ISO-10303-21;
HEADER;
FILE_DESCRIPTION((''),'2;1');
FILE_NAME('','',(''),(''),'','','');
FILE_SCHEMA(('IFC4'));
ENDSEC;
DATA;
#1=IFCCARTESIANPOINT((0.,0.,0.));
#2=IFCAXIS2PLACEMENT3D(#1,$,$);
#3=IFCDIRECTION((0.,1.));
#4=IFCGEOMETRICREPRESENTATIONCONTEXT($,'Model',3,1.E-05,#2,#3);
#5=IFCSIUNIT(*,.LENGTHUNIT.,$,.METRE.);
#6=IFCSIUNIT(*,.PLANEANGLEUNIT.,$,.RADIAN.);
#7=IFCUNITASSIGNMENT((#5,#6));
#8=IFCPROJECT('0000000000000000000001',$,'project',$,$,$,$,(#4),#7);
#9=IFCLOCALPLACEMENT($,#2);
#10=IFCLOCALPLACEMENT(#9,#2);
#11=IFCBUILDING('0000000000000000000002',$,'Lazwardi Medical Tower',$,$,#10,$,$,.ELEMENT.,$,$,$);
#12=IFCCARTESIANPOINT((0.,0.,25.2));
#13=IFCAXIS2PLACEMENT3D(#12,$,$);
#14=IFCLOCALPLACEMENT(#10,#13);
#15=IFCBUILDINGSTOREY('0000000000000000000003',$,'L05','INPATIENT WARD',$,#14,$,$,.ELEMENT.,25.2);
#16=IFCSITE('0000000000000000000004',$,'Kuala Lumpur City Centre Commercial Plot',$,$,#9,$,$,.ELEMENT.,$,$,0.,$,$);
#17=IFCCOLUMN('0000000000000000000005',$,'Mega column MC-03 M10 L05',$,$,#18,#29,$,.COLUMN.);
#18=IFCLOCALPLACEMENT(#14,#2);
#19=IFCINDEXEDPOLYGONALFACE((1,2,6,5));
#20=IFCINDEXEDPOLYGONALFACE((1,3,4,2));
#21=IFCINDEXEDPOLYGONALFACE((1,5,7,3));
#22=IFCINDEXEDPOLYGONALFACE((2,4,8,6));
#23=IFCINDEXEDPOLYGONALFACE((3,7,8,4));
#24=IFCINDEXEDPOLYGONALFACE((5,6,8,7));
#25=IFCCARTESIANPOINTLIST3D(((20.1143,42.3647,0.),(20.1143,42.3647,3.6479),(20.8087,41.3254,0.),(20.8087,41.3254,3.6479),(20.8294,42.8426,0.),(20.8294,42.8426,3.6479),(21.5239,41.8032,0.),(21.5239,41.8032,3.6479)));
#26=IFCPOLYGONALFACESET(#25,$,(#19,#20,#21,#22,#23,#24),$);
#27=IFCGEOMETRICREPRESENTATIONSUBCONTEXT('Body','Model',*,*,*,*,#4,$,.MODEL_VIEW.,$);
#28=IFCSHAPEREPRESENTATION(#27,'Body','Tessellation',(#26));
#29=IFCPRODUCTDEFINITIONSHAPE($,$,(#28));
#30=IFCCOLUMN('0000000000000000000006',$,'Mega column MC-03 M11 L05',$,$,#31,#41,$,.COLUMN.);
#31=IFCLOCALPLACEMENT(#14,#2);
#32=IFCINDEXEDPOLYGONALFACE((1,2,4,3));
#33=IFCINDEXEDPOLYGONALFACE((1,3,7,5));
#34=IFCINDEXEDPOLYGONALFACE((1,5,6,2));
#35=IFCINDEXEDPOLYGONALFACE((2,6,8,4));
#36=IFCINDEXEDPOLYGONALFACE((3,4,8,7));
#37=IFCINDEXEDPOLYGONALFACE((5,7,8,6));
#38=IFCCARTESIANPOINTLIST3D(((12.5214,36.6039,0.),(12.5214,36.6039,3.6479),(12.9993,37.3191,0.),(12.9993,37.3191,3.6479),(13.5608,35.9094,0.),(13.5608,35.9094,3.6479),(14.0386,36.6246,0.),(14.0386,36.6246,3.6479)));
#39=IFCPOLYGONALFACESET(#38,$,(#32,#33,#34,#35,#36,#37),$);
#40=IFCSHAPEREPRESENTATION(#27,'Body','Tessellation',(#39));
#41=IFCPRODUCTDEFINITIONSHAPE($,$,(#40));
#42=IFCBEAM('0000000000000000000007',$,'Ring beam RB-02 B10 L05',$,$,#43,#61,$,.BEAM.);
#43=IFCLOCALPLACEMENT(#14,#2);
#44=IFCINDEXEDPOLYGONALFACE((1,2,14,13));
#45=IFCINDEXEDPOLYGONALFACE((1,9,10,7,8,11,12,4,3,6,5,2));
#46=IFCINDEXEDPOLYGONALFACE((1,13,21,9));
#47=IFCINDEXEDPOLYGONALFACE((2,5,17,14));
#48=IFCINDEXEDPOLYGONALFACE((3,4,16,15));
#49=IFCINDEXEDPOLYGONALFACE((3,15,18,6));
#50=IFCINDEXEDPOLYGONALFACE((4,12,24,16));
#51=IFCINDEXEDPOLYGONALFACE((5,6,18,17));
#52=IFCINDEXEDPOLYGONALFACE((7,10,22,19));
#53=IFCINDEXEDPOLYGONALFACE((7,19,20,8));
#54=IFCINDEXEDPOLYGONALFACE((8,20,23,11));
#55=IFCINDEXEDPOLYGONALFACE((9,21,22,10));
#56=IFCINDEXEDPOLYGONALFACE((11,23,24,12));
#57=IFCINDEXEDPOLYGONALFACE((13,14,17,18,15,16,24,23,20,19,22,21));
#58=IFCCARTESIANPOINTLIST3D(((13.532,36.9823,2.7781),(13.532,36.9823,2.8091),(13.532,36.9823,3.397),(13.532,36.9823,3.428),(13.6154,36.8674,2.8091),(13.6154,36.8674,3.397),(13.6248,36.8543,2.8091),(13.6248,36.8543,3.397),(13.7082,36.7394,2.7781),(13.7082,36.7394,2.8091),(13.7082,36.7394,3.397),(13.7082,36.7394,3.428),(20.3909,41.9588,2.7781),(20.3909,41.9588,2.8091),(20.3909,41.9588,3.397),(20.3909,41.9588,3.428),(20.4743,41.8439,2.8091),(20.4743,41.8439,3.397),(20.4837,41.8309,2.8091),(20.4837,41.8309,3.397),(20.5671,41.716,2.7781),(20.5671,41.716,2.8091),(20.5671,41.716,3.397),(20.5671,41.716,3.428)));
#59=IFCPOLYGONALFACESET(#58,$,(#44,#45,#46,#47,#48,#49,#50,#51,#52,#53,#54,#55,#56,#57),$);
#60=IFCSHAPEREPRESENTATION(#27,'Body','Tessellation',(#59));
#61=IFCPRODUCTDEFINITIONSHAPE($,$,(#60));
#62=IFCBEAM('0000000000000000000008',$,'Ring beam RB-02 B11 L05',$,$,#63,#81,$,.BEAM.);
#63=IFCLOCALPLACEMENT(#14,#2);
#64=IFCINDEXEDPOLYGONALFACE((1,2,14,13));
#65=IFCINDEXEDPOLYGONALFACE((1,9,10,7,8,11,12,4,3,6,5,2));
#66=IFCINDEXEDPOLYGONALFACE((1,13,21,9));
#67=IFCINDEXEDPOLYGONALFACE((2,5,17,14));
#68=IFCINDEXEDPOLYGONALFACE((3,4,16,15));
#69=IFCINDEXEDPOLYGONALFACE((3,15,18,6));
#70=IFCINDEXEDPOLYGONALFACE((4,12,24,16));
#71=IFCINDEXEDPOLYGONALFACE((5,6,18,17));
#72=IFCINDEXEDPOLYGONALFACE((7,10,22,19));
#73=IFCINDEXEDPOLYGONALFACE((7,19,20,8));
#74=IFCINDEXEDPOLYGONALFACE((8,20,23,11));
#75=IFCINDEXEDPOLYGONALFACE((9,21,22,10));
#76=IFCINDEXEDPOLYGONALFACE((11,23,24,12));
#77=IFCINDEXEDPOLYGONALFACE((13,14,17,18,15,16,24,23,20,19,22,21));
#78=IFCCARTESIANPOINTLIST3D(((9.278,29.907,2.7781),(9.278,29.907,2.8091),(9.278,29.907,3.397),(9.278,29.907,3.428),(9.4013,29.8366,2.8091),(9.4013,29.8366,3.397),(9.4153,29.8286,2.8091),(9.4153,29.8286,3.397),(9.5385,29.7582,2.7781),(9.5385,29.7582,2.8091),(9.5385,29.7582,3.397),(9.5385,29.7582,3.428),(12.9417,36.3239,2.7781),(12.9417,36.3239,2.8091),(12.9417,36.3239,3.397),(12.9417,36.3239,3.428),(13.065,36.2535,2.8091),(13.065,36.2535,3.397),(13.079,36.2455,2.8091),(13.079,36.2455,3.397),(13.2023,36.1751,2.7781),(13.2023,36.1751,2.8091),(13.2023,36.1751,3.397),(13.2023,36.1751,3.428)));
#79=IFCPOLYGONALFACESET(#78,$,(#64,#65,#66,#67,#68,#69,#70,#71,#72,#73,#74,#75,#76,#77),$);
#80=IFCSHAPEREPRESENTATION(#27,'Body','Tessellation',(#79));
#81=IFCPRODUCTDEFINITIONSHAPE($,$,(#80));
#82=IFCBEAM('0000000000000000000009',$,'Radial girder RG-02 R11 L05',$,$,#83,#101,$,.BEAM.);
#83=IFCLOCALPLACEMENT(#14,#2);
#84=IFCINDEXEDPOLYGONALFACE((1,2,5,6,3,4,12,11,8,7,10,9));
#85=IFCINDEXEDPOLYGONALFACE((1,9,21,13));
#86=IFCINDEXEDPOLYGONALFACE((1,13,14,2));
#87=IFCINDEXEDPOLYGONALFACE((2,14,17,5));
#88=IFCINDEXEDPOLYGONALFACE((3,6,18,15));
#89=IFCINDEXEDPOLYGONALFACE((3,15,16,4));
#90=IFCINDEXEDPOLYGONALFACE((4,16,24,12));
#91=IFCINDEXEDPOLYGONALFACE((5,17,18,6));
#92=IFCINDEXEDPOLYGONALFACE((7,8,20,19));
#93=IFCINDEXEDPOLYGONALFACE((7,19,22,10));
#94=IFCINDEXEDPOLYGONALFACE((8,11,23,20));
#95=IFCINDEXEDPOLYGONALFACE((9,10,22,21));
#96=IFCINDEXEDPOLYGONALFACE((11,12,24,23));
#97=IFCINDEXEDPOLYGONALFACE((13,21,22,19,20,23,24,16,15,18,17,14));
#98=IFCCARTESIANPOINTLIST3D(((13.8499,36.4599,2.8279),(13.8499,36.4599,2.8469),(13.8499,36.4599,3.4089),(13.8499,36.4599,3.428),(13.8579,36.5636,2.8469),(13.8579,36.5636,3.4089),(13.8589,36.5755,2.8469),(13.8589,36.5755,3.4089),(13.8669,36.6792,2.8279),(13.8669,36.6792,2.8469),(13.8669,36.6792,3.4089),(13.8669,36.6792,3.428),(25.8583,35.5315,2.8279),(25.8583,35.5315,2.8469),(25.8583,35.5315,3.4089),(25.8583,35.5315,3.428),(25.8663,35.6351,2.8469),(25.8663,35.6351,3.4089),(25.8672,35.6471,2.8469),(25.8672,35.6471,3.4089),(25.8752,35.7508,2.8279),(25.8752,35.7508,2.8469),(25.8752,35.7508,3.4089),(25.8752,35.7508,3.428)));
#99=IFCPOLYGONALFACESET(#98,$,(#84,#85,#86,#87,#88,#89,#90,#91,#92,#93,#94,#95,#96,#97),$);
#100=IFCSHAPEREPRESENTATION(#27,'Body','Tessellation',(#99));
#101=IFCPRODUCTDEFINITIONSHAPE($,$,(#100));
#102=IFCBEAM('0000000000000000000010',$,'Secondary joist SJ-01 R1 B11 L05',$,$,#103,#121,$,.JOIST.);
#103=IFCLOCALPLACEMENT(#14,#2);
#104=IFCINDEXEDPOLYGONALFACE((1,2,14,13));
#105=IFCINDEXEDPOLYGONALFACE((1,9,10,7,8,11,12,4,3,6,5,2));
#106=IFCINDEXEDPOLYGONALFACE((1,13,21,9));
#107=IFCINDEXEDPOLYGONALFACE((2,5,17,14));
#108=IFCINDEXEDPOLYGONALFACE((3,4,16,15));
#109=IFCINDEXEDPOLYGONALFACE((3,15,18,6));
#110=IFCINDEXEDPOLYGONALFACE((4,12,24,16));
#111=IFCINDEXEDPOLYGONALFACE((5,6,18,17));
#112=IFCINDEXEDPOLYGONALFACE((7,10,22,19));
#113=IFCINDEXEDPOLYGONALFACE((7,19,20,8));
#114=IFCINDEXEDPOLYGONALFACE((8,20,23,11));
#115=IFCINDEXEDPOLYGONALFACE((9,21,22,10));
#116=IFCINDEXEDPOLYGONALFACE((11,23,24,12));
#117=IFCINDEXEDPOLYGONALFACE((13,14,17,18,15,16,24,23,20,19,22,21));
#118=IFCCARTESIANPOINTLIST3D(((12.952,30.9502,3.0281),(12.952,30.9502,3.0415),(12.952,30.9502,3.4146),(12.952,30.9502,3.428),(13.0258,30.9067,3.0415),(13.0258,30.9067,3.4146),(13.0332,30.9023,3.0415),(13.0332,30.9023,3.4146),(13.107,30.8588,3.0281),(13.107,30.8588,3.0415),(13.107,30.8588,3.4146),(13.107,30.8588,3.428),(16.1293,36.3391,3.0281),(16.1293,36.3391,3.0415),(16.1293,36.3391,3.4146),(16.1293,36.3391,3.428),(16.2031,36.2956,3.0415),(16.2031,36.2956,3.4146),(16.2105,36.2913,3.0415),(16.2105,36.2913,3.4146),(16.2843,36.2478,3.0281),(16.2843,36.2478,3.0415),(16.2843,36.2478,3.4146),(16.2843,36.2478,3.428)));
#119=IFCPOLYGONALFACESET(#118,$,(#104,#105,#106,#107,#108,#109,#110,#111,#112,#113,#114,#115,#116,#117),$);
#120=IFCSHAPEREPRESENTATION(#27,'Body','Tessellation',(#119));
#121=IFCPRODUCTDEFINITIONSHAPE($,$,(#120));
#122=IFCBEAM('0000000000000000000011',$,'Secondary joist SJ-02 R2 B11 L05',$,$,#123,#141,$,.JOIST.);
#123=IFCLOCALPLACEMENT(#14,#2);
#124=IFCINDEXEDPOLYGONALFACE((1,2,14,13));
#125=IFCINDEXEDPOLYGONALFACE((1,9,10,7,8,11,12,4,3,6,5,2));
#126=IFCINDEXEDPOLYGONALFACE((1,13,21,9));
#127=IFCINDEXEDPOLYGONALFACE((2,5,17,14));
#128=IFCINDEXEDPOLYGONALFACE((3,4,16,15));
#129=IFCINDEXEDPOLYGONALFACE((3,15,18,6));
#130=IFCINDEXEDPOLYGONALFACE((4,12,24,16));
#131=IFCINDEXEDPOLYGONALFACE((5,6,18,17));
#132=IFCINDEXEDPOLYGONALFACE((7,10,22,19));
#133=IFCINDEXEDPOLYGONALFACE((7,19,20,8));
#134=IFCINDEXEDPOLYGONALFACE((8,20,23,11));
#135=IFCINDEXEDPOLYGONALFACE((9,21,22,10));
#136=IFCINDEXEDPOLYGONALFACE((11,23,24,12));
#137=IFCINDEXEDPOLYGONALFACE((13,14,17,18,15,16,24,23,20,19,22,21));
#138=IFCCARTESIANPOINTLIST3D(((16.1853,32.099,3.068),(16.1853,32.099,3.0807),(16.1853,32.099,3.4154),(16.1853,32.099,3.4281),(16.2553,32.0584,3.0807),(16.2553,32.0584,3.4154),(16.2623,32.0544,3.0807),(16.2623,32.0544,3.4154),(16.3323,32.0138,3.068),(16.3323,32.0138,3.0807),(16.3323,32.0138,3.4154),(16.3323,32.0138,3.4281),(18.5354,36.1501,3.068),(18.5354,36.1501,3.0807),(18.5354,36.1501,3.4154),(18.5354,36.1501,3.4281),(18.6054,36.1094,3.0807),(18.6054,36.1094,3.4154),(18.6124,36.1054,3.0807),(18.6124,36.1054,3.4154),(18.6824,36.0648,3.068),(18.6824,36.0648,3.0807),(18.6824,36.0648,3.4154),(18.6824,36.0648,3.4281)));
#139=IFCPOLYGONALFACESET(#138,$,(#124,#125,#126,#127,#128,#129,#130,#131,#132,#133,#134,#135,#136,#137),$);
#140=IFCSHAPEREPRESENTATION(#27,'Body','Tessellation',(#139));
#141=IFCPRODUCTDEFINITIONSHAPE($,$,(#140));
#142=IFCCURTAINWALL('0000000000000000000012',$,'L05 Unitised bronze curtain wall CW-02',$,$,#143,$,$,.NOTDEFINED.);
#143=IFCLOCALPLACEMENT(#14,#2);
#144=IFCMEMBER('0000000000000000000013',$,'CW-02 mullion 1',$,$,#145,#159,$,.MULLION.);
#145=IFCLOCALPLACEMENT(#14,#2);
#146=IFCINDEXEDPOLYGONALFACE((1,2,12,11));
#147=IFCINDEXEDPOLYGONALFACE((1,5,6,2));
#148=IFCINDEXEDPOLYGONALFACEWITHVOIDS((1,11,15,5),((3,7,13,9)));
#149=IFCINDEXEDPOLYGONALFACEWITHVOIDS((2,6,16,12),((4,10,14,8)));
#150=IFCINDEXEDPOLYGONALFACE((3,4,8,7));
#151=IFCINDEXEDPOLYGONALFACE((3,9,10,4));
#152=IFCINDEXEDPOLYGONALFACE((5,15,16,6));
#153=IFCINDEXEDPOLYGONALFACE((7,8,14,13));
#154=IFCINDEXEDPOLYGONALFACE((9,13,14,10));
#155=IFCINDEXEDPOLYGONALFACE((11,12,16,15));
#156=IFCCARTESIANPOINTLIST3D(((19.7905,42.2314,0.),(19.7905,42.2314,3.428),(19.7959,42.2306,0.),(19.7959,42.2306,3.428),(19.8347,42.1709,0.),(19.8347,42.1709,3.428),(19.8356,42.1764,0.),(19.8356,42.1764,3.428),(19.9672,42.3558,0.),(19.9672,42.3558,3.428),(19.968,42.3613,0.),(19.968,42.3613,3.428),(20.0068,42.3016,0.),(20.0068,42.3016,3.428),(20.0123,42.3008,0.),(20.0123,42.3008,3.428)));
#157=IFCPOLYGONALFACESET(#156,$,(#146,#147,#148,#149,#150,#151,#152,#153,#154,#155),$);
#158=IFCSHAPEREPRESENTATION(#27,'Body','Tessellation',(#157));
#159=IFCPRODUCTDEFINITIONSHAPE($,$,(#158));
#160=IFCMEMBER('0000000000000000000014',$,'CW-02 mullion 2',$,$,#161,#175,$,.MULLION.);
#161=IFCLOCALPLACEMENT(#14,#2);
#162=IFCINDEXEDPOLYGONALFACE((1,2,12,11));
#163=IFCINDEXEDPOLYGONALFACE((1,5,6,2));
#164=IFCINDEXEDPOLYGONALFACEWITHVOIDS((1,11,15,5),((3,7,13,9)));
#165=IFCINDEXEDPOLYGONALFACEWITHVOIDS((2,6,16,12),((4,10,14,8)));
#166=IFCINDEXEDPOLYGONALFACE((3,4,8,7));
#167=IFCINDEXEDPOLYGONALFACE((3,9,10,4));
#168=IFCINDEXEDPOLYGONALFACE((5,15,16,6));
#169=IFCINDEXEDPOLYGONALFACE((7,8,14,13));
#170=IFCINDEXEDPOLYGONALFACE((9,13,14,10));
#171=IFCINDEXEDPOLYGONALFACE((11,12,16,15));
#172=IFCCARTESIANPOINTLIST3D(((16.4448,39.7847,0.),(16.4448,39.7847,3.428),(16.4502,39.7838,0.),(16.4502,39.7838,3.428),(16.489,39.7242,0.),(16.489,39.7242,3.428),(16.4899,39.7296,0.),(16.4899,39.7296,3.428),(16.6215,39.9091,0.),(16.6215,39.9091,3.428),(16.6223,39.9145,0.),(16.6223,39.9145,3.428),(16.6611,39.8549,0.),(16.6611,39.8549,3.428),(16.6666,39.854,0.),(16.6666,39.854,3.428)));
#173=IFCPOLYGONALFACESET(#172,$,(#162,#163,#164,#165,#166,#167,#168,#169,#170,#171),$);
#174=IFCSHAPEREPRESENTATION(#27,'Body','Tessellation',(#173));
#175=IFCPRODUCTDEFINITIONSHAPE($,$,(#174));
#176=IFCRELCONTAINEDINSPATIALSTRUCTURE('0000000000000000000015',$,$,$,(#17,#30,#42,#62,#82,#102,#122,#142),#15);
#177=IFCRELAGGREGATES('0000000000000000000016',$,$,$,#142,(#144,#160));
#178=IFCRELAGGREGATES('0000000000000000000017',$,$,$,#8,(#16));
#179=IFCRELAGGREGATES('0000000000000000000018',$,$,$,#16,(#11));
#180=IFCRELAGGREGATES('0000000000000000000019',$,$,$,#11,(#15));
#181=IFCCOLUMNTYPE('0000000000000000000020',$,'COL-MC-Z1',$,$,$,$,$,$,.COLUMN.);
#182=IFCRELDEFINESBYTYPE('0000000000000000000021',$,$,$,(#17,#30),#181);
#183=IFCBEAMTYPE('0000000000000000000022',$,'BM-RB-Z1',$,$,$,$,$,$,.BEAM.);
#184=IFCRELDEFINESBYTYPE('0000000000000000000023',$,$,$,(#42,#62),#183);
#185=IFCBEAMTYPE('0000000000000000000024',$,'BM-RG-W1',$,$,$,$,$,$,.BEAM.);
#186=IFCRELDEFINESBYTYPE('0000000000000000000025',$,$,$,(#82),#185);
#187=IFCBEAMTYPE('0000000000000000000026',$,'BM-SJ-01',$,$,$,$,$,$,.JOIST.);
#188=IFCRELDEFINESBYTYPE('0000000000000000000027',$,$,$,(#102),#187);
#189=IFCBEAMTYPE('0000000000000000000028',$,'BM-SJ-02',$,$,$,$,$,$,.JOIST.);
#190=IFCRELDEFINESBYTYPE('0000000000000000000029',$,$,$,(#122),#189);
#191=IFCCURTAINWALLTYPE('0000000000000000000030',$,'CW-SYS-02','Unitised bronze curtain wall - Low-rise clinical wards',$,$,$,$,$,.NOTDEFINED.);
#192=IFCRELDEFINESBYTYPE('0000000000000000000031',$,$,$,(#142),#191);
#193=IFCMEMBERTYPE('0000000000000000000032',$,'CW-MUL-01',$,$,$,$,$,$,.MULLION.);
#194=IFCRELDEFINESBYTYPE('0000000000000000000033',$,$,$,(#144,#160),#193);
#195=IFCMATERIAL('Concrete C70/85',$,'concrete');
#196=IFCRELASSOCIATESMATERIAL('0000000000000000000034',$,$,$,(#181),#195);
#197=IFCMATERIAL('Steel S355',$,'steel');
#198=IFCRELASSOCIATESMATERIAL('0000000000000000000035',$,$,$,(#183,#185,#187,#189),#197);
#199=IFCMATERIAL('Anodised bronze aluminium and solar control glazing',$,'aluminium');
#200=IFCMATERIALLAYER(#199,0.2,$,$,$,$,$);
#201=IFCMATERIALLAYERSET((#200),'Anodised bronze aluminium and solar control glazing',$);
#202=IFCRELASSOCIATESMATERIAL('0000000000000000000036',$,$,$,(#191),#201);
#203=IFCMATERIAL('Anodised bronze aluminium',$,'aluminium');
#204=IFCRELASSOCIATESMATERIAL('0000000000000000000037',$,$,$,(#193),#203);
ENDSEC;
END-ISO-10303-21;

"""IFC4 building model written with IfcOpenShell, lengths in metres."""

from ifc_helpers import new_model, si_unit, direction, frame, origin, origin_2d, place, context, subcontext, project, spatial, rectangle, hollow_rectangle, i_section, extrude, material, layer, layer_set, material_profile, profile_set, type_object, element, aggregate, save


model = new_model("IFC4")

# Units and contexts
model_context = context("Model", 3, precision=1e-05, world=origin(), true_north=direction((0.0, 1.0)))
body_context = subcontext(model_context, "Body", "Model", "MODEL_VIEW")
ifc_project = project(units=[si_unit("LENGTHUNIT", "METRE"), si_unit("PLANEANGLEUNIT", "RADIAN")], contexts=[model_context])

# Site, building, storey
site_placement = place(None, origin())
site = spatial("IfcSite", under=ifc_project, at=site_placement, Name="Kuala Lumpur City Centre Commercial Plot", CompositionType="ELEMENT", RefElevation=0.0)
building_placement = place(site_placement, origin())
building = spatial("IfcBuilding", under=site, at=building_placement, Name="Lazwardi Medical Tower", CompositionType="ELEMENT")
storey_placement = place(building_placement, frame((0.0, 0.0, 25.2)))
storey = spatial("IfcBuildingStorey", under=building, at=storey_placement, Name="L05", Description="INPATIENT WARD", CompositionType="ELEMENT", Elevation=25.2)

# Columns
ifc_material_1 = material(Name="Concrete C70/85", Category="concrete")
ifc_material_profile_1 = material_profile(ifc_material_1, rectangle(XDim=1.25, YDim=0.8601, at=origin_2d()), Name="CFT-RECT 1250x860")
ifc_profile_set_1 = profile_set([ifc_material_profile_1], Name="Concrete C70/85")
column_type = type_object("IfcColumnType", Name="COL-MC-Z1", PredefinedType="COLUMN", material=ifc_profile_set_1)
for number, where, z_axis, x_axis, name in (
    (1, (20.8191, 42.084, 0.0), (0.0, 0.0, 1.0), (-0.55557, 0.83147, 0.0), "Mega column MC-03 M10 L05"),
    (2, (13.28, 36.6143, 0.0), (0.0, 0.0, 1.0), (-0.83147, 0.55557, 0.0), "Mega column MC-03 M11 L05"),
):
    element("IfcColumn", number, at=place(storey_placement, frame(where, z_axis=z_axis, x_axis=x_axis)), inside=storey, type_object=column_type, Name=name, PredefinedType="COLUMN", context=body_context, shape_type="SweptSolid", body=[
        extrude(rectangle(XDim=1.25, YDim=0.8601, at=origin_2d()), origin(), (0.0, 0.0, 1.0), 3.6479),
    ])

# Beams
ifc_material_2 = material(Name="Steel S355", Category="steel")
ifc_material_profile_2 = material_profile(ifc_material_2, i_section(OverallWidth=0.3, OverallDepth=0.6499, WebThickness=0.0161, FlangeThickness=0.031, at=origin_2d()), Name="HEB 650")
ifc_profile_set_2 = profile_set([ifc_material_profile_2], Name="Steel S355")
beam_type_1 = type_object("IfcBeamType", Name="BM-RB-Z1", PredefinedType="BEAM", material=ifc_profile_set_2)
beam_1_placement = place(storey_placement, frame((20.479, 41.8374, 3.103), z_axis=(-0.809393, -0.587267, 0.0), x_axis=(0.587267, -0.809393, 0.0)))
element("IfcBeam", 3, at=beam_1_placement, inside=storey, type_object=beam_type_1, Name="Ring beam RB-02 B10 L05", PredefinedType="BEAM", context=body_context, shape_type="SweptSolid", body=[
    extrude(i_section(OverallWidth=0.3, OverallDepth=0.6499, WebThickness=0.0161, FlangeThickness=0.031, at=origin_2d()), origin(), (0.0, 0.0, 1.0), 8.4741),
])
beam_2_placement = place(storey_placement, frame((13.072, 36.2495, 3.103), z_axis=(-0.495829, -0.86842, 0.0), x_axis=(0.86842, -0.495829, 0.0)))
element("IfcBeam", 4, at=beam_2_placement, inside=storey, type_object=beam_type_1, Name="Ring beam RB-02 B11 L05", PredefinedType="BEAM", context=body_context, shape_type="SweptSolid", body=[
    extrude(i_section(OverallWidth=0.3, OverallDepth=0.6499, WebThickness=0.0161, FlangeThickness=0.031, at=origin_2d()), origin(), (0.0, 0.0, 1.0), 7.3892),
])
ifc_material_profile_3 = material_profile(ifc_material_2, i_section(OverallWidth=0.22, OverallDepth=0.6001, WebThickness=0.012, FlangeThickness=0.019, at=origin_2d()), Name="IPE 600")
ifc_profile_set_3 = profile_set([ifc_material_profile_3], Name="Steel S355")
beam_type_2 = type_object("IfcBeamType", Name="BM-RG-W1", PredefinedType="BEAM", material=ifc_profile_set_3)
beam_3_placement = place(storey_placement, frame((13.8584, 36.5696, 3.1279), z_axis=(0.997024, -0.077089, 0.0), x_axis=(0.077089, 0.997024, 0.0)))
element("IfcBeam", 5, at=beam_3_placement, inside=storey, type_object=beam_type_2, Name="Radial girder RG-02 R11 L05", PredefinedType="BEAM", context=body_context, shape_type="SweptSolid", body=[
    extrude(i_section(OverallWidth=0.22, OverallDepth=0.6001, WebThickness=0.012, FlangeThickness=0.019, at=origin_2d()), origin(), (0.0, 0.0, 1.0), 12.0442),
])
ifc_material_profile_4 = material_profile(ifc_material_2, i_section(OverallWidth=0.1799, OverallDepth=0.3999, WebThickness=0.0085, FlangeThickness=0.0134, at=origin_2d()), Name="IPE 400")
ifc_profile_set_4 = profile_set([ifc_material_profile_4], Name="Steel S355")
beam_type_3 = type_object("IfcBeamType", Name="BM-SJ-01", PredefinedType="JOIST", material=ifc_profile_set_4)
beam_4_placement = place(storey_placement, frame((16.2068, 36.2935, 3.228), z_axis=(-0.507886, -0.861424, 0.0), x_axis=(0.861424, -0.507886, 0.0)))
element("IfcBeam", 6, at=beam_4_placement, inside=storey, type_object=beam_type_3, Name="Secondary joist SJ-01 R1 B11 L05", PredefinedType="JOIST", context=body_context, shape_type="SweptSolid", body=[
    extrude(i_section(OverallWidth=0.1799, OverallDepth=0.3999, WebThickness=0.0085, FlangeThickness=0.0134, at=origin_2d()), origin(), (0.0, 0.0, 1.0), 6.2559),
])
ifc_material_profile_5 = material_profile(ifc_material_2, i_section(OverallWidth=0.1699, OverallDepth=0.3601, WebThickness=0.0081, FlangeThickness=0.0127, at=origin_2d()), Name="IPE 360")
ifc_profile_set_5 = profile_set([ifc_material_profile_5], Name="Steel S355")
beam_type_4 = type_object("IfcBeamType", Name="BM-SJ-02", PredefinedType="JOIST", material=ifc_profile_set_5)
beam_5_placement = place(storey_placement, frame((18.6089, 36.1074, 3.248), z_axis=(-0.501798, -0.864985, 0.0), x_axis=(0.864985, -0.501798, 0.0)))
element("IfcBeam", 7, at=beam_5_placement, inside=storey, type_object=beam_type_4, Name="Secondary joist SJ-02 R2 B11 L05", PredefinedType="JOIST", context=body_context, shape_type="SweptSolid", body=[
    extrude(i_section(OverallWidth=0.1699, OverallDepth=0.3601, WebThickness=0.0081, FlangeThickness=0.0127, at=origin_2d()), origin(), (0.0, 0.0, 1.0), 4.6833),
])

# Curtain wall, members
ifc_material_3 = material(Name="Anodised bronze aluminium and solar control glazing", Category="aluminium")
ifc_layer_1 = layer(ifc_material_3, 0.2)
ifc_layer_set_1 = layer_set([ifc_layer_1], Name="Anodised bronze aluminium and solar control glazing")
curtain_wall_type = type_object("IfcCurtainWallType", Name="CW-SYS-02", Description="Unitised bronze curtain wall - Low-rise clinical wards", PredefinedType="NOTDEFINED", material=ifc_layer_set_1)
curtain_wall_1_placement = place(storey_placement, origin())
curtain_wall_1 = element("IfcCurtainWall", 8, at=curtain_wall_1_placement, inside=storey, type_object=curtain_wall_type, Name="L05 Unitised bronze curtain wall CW-02", PredefinedType="NOTDEFINED")
ifc_material_4 = material(Name="Anodised bronze aluminium", Category="aluminium")
ifc_material_profile_6 = material_profile(ifc_material_4, hollow_rectangle(XDim=0.075, YDim=0.22, WallThickness=0.0039, at=origin_2d()), Name="ALU-MULLION 220x75x4")
ifc_profile_set_6 = profile_set([ifc_material_profile_6], Name="Anodised bronze aluminium")
member_type_1 = type_object("IfcMemberType", Name="CW-MUL-01", PredefinedType="MULLION", material=ifc_profile_set_6)
member_1_placement = place(storey_placement, frame((19.9014, 42.2661, 0.0), z_axis=(0.0, 0.0, 1.0), x_axis=(0.590289, -0.807192, 0.0)))
member_1 = element("IfcMember", 9, at=member_1_placement, type_object=member_type_1, Name="CW-02 mullion 1", PredefinedType="MULLION", context=body_context, shape_type="SweptSolid", body=[
    extrude(hollow_rectangle(XDim=0.075, YDim=0.22, WallThickness=0.0039, at=origin_2d()), origin(), (0.0, 0.0, 1.0), 3.428),
])
member_2_placement = place(storey_placement, frame((16.5557, 39.8193, 0.0), z_axis=(0.0, 0.0, 1.0), x_axis=(0.590289, -0.807192, 0.0)))
member_2 = element("IfcMember", 10, at=member_2_placement, type_object=member_type_1, Name="CW-02 mullion 2", PredefinedType="MULLION", context=body_context, shape_type="SweptSolid", body=[
    extrude(hollow_rectangle(XDim=0.075, YDim=0.22, WallThickness=0.0039, at=origin_2d()), origin(), (0.0, 0.0, 1.0), 3.428),
])

aggregate(curtain_wall_1, [member_1, member_2])

save(model, "model.ifc")
